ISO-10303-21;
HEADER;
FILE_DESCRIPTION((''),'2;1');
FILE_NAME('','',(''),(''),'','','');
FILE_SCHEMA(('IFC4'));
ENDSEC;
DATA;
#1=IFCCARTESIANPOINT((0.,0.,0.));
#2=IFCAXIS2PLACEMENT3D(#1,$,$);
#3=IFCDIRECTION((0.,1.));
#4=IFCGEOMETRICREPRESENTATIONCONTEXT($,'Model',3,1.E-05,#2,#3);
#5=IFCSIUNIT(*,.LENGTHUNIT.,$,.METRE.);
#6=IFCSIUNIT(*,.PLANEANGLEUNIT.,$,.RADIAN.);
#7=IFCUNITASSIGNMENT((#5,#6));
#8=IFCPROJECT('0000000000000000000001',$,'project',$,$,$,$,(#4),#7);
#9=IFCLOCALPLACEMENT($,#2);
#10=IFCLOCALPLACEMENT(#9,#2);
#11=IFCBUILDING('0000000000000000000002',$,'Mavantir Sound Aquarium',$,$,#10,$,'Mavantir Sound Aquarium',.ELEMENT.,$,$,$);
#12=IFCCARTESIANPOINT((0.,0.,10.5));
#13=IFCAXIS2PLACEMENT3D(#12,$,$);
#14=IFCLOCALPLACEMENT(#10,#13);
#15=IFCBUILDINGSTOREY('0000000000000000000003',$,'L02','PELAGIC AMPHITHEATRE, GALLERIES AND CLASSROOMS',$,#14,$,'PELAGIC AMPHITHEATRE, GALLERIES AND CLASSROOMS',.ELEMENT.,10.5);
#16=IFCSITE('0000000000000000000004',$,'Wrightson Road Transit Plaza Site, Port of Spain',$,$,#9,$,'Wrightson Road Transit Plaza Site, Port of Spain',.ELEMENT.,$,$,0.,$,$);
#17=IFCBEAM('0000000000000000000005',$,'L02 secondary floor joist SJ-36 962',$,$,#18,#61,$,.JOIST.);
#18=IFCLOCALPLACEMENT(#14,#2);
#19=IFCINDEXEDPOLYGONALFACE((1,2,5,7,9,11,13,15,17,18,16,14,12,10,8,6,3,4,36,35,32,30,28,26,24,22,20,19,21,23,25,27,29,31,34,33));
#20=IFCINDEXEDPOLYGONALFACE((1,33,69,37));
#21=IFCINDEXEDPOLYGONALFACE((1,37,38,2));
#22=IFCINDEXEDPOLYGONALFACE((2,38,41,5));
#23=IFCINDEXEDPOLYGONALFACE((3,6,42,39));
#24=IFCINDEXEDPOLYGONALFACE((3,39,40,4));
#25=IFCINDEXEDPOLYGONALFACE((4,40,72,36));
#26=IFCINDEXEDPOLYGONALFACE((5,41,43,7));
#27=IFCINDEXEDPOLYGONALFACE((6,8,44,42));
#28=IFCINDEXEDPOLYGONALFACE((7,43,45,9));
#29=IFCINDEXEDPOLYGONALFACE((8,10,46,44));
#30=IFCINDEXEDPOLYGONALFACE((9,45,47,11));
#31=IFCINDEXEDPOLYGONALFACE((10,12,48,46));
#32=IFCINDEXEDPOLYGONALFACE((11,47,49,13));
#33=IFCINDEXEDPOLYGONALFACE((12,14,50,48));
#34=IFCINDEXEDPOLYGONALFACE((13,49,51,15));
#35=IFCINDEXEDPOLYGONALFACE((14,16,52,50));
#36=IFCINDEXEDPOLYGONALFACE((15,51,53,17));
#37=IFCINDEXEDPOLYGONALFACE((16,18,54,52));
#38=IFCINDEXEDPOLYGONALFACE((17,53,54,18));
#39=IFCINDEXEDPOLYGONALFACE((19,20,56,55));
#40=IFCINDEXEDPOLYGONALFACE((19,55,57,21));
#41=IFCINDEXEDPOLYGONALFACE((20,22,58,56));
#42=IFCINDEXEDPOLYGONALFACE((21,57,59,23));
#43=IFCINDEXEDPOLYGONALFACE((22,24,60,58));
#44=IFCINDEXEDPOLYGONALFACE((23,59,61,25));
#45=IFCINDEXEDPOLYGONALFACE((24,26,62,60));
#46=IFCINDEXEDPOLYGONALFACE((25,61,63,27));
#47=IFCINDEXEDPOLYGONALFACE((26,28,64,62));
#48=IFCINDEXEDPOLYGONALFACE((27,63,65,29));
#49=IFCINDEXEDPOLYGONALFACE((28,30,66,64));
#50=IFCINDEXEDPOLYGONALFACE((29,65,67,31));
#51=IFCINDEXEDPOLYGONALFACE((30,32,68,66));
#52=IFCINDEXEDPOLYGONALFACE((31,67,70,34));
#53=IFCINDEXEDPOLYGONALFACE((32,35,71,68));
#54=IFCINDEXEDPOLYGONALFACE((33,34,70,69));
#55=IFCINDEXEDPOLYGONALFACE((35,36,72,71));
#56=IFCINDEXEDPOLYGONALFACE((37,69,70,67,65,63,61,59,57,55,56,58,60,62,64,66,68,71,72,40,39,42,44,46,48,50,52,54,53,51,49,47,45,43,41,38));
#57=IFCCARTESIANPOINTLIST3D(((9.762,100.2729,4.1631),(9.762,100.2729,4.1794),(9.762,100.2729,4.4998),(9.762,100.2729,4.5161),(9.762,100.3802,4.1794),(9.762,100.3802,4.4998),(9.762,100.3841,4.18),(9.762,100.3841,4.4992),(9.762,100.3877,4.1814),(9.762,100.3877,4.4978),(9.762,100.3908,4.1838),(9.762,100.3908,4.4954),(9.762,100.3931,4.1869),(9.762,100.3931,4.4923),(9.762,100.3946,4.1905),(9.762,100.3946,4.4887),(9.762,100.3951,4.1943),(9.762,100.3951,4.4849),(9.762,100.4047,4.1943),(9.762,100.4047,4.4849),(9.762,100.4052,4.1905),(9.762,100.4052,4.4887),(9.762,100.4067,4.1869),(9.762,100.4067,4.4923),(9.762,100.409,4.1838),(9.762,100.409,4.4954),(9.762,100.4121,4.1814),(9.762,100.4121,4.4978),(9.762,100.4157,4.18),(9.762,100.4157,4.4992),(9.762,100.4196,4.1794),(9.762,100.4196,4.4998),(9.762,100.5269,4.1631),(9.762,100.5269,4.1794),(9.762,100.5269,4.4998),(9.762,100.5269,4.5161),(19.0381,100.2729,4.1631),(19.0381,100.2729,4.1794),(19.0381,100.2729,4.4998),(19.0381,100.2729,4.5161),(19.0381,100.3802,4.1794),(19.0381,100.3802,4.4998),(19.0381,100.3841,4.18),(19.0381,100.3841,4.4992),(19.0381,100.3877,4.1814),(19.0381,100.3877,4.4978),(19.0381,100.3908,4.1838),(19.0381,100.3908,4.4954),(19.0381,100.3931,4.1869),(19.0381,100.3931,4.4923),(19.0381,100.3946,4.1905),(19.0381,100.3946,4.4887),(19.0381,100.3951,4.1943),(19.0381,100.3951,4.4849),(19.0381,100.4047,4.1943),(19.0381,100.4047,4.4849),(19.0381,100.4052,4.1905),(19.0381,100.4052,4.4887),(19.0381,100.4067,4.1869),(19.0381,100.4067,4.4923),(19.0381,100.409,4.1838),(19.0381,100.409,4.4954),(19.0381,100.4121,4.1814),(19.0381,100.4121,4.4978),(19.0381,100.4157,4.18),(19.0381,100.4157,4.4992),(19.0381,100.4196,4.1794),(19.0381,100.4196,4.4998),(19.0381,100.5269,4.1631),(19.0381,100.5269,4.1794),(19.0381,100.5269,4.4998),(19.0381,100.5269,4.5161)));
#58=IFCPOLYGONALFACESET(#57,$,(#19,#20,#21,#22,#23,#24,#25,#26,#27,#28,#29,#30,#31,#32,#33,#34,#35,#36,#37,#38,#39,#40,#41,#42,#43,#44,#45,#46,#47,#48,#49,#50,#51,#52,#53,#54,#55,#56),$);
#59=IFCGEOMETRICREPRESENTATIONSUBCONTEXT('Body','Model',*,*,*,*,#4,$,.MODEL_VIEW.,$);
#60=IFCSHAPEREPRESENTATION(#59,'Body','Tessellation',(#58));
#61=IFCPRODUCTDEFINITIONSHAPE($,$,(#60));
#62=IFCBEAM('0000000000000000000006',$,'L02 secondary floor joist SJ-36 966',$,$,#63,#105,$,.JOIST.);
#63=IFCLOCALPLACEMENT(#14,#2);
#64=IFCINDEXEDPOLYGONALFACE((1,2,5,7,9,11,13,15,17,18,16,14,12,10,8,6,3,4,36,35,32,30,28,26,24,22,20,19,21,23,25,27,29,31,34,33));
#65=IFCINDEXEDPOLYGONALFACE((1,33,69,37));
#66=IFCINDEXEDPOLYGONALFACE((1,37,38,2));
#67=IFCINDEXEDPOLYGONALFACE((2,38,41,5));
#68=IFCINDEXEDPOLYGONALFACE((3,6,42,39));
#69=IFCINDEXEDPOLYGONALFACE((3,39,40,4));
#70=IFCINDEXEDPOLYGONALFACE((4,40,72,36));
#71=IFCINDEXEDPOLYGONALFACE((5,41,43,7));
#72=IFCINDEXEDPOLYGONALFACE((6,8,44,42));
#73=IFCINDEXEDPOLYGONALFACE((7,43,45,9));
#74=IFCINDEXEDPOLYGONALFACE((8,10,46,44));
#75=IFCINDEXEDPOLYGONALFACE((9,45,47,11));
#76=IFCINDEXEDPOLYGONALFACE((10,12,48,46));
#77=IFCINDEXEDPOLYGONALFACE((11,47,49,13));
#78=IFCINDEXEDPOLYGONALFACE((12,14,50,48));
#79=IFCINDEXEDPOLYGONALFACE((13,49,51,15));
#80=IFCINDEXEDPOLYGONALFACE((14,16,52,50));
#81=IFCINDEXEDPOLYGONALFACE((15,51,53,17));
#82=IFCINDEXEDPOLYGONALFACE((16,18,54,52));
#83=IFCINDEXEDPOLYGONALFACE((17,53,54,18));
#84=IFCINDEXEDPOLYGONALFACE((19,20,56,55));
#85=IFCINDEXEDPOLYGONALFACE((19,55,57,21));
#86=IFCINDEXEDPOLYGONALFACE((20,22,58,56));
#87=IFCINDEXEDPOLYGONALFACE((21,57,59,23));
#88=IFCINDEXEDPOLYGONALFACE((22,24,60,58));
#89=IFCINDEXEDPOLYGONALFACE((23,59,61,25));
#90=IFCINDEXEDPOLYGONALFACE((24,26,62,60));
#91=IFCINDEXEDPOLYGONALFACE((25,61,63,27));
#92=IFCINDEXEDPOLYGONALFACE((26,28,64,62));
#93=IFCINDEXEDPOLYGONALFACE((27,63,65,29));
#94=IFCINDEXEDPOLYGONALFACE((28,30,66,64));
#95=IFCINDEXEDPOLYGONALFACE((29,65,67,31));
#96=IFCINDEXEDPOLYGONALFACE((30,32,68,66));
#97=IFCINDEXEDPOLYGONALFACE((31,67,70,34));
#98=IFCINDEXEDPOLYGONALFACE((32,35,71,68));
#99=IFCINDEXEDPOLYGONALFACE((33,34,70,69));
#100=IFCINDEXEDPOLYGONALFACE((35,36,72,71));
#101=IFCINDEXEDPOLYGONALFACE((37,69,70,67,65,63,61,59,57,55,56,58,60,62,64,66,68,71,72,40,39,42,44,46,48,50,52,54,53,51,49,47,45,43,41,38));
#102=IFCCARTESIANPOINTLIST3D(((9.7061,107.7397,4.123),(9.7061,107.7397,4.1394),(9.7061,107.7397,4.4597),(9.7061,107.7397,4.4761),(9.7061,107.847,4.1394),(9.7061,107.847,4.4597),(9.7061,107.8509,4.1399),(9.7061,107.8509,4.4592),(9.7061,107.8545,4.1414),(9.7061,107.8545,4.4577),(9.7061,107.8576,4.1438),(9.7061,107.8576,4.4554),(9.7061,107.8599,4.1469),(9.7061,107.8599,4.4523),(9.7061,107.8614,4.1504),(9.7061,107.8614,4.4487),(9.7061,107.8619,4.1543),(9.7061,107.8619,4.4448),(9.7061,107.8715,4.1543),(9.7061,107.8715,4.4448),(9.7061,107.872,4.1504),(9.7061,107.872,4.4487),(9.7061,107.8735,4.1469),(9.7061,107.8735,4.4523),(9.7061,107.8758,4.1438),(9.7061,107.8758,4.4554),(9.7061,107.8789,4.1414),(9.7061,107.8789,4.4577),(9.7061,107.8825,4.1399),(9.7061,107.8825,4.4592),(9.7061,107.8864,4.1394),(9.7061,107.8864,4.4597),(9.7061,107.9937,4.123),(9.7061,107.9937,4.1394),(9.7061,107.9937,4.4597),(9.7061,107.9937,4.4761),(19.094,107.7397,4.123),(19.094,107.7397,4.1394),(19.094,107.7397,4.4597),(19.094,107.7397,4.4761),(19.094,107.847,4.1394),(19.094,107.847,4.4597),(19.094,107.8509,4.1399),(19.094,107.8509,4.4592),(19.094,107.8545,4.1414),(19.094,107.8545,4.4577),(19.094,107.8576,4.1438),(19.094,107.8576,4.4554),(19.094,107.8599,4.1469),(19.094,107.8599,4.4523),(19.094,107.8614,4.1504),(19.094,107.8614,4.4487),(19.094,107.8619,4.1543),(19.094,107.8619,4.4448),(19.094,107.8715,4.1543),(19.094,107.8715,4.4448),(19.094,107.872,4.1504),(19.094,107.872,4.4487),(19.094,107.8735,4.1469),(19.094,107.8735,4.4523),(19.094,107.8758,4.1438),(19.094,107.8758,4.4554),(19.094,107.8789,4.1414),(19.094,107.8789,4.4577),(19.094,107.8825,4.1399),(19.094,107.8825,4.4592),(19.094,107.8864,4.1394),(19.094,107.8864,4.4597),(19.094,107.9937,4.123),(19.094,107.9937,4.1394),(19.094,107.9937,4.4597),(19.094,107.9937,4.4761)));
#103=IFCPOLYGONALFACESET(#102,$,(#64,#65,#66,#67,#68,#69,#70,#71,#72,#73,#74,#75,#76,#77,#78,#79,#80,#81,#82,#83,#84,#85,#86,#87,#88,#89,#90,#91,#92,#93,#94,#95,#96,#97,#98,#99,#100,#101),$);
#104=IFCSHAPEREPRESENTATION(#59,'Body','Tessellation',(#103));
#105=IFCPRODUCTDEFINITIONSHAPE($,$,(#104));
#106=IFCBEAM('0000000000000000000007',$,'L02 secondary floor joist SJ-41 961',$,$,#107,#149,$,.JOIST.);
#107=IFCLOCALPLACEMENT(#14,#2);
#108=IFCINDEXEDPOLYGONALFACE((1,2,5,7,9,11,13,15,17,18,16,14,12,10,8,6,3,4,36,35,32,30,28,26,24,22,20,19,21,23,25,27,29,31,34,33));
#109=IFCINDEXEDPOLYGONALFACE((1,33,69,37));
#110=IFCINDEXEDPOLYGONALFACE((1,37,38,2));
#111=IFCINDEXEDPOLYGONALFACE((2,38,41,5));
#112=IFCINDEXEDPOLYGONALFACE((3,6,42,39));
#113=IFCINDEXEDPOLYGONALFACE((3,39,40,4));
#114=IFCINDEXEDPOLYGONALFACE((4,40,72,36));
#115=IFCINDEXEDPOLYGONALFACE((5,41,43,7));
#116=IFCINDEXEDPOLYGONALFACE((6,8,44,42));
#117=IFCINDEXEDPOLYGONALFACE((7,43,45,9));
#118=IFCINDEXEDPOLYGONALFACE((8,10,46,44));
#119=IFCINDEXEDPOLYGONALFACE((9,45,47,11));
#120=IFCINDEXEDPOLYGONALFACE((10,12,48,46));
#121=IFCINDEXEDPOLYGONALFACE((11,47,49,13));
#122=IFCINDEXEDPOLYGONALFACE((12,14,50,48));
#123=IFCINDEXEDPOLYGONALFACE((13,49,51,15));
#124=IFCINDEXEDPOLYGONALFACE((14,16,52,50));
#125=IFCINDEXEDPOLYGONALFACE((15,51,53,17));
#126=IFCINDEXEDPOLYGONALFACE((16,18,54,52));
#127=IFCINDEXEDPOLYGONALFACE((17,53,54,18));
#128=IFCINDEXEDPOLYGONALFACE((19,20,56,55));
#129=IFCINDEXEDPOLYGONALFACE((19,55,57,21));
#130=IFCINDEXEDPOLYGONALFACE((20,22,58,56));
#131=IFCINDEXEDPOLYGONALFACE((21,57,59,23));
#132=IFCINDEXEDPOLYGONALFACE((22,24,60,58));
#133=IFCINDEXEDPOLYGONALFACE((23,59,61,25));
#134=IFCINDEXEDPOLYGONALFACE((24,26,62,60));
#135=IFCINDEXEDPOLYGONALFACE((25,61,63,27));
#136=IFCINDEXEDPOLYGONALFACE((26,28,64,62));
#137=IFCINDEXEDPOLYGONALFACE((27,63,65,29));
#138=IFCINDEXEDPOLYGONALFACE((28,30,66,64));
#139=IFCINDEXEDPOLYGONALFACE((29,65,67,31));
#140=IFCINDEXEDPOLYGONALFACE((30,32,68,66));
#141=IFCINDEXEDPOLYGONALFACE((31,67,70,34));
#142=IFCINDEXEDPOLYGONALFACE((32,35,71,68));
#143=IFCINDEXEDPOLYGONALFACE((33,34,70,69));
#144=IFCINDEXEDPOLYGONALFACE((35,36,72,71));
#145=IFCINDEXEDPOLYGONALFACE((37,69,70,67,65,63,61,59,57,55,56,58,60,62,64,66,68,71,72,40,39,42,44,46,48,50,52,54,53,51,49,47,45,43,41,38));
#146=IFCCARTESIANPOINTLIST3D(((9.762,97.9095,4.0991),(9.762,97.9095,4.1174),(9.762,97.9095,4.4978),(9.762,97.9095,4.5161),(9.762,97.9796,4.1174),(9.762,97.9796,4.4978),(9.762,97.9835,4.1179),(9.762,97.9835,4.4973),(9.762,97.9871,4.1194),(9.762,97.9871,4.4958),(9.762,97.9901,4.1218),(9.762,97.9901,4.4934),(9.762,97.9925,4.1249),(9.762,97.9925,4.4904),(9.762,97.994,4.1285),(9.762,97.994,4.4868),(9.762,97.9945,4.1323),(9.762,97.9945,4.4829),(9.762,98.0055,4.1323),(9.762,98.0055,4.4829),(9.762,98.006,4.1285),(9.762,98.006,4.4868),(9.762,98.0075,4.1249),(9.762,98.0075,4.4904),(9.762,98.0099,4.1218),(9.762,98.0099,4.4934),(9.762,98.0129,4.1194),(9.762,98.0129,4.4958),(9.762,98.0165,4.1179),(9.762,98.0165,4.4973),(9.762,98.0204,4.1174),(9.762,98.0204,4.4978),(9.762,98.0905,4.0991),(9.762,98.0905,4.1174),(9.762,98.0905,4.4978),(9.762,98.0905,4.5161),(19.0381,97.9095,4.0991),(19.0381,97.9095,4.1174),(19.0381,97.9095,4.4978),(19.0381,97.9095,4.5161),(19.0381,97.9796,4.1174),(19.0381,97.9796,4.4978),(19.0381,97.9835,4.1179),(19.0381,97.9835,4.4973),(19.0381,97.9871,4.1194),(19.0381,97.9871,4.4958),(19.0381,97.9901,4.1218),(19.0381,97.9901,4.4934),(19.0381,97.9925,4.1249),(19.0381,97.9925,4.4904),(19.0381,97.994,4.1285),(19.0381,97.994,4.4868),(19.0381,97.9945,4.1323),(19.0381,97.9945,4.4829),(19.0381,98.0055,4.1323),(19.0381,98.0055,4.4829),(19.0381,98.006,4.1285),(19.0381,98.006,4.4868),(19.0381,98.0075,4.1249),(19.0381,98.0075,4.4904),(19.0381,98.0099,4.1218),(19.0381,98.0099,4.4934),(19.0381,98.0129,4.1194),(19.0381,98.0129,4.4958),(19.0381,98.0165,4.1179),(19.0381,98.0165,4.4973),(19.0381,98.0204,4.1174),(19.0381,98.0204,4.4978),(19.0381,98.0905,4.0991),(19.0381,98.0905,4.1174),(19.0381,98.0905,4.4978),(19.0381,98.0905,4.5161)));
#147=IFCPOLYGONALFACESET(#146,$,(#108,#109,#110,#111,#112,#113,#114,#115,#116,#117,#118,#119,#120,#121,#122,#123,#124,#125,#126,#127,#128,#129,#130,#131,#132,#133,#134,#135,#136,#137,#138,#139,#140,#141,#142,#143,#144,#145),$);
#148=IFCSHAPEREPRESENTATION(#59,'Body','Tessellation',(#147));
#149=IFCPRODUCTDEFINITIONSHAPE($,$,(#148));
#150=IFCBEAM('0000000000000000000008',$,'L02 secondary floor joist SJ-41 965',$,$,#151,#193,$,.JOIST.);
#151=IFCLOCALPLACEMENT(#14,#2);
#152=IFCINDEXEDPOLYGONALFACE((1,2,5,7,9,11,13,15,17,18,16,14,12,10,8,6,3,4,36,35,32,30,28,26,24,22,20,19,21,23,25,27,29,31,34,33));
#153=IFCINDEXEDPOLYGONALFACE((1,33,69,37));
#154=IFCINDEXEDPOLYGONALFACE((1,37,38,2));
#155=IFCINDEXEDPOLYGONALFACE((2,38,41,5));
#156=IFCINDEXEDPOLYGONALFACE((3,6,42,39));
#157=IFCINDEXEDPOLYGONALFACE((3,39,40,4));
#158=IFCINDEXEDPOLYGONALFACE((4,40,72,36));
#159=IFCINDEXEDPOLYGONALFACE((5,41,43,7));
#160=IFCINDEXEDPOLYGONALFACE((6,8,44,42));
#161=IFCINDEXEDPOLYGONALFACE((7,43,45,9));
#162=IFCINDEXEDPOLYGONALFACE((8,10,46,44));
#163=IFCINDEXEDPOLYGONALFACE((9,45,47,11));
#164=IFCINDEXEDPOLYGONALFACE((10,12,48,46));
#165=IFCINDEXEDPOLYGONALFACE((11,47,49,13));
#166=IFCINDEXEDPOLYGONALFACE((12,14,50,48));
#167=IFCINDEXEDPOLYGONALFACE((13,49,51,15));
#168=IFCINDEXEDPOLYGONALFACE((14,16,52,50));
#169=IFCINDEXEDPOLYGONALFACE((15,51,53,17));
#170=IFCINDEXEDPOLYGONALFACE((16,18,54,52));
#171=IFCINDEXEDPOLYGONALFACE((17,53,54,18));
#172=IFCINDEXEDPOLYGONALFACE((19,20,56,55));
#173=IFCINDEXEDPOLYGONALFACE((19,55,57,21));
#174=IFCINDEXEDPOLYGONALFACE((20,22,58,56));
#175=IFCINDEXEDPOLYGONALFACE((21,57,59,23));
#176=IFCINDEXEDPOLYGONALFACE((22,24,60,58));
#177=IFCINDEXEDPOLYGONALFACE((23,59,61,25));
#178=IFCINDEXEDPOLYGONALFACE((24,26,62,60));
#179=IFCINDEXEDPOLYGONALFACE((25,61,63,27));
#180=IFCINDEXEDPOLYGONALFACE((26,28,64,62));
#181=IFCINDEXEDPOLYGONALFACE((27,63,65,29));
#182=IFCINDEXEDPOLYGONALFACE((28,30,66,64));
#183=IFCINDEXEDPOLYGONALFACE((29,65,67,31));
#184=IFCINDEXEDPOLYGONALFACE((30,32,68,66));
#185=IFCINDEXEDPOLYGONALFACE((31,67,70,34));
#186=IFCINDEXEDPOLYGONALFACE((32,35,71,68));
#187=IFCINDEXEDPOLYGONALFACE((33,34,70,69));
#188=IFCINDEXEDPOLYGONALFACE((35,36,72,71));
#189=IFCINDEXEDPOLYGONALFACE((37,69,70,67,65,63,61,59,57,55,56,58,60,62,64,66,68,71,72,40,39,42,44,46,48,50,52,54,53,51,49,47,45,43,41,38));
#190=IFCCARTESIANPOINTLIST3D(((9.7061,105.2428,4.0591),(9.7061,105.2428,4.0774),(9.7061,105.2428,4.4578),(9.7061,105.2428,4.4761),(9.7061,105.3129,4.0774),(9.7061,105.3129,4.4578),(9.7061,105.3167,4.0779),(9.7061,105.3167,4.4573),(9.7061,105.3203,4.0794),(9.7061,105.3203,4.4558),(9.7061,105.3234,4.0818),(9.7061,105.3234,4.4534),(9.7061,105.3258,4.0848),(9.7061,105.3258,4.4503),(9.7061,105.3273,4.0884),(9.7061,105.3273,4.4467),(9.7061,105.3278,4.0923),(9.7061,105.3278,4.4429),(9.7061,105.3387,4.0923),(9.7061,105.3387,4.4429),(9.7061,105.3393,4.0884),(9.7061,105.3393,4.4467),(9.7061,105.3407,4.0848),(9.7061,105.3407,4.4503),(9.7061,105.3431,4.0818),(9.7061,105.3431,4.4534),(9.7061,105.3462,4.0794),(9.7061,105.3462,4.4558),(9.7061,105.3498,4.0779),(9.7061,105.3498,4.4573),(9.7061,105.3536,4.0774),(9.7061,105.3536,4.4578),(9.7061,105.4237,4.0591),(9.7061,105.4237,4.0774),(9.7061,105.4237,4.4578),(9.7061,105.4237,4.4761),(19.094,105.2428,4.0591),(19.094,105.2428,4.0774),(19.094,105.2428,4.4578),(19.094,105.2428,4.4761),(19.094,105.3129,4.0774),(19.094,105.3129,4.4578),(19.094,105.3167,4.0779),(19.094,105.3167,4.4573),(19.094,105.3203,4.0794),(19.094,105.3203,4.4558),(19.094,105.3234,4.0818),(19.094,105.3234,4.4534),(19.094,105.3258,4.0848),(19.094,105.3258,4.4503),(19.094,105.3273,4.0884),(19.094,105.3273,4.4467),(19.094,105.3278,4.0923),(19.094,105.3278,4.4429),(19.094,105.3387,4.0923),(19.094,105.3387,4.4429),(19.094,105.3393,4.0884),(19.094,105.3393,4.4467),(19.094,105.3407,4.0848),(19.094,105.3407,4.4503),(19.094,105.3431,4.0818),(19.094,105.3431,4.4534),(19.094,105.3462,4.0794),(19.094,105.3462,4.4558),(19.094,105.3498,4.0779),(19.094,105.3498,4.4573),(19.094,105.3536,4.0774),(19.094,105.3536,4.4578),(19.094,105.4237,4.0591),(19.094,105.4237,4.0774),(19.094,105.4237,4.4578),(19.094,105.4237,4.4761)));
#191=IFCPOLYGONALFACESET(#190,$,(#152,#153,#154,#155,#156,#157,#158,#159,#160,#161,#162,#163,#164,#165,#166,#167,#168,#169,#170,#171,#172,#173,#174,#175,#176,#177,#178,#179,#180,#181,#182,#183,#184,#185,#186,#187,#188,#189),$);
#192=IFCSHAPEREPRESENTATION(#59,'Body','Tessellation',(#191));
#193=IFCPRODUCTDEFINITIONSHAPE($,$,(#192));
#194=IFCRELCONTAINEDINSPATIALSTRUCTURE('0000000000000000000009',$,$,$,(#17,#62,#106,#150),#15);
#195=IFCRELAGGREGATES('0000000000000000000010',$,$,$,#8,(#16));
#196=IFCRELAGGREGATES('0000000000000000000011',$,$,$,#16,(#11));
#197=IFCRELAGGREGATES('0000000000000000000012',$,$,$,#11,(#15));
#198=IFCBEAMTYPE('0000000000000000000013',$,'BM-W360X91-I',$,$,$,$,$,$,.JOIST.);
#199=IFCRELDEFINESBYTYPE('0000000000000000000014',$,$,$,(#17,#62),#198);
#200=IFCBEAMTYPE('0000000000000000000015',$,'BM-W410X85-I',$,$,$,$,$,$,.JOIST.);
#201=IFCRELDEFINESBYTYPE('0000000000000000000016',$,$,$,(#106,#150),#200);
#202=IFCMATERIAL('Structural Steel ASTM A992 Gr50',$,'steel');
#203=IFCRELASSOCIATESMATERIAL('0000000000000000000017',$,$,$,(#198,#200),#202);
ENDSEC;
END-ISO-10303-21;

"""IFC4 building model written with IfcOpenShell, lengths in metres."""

from ifc_helpers import new_model, si_unit, direction, frame, origin, origin_2d, place, context, subcontext, project, spatial, i_section, extrude, material, material_profile, profile_set, type_object, element, save


model = new_model("IFC4")

# Units and contexts
model_context = context("Model", 3, precision=1e-05, world=origin(), true_north=direction((0.0, 1.0)))
body_context = subcontext(model_context, "Body", "Model", "MODEL_VIEW")
ifc_project = project(units=[si_unit("LENGTHUNIT", "METRE"), si_unit("PLANEANGLEUNIT", "RADIAN")], contexts=[model_context])

# Site, building, storey
site_placement = place(None, origin())
site = spatial("IfcSite", under=ifc_project, at=site_placement, Name="Wrightson Road Transit Plaza Site, Port of Spain", LongName="Wrightson Road Transit Plaza Site, Port of Spain", CompositionType="ELEMENT", RefElevation=0.0)
building_placement = place(site_placement, origin())
building = spatial("IfcBuilding", under=site, at=building_placement, Name="Mavantir Sound Aquarium", LongName="Mavantir Sound Aquarium", CompositionType="ELEMENT")
storey_placement = place(building_placement, frame((0.0, 0.0, 10.5)))
storey = spatial("IfcBuildingStorey", under=building, at=storey_placement, Name="L02", Description="PELAGIC AMPHITHEATRE, GALLERIES AND CLASSROOMS", LongName="PELAGIC AMPHITHEATRE, GALLERIES AND CLASSROOMS", CompositionType="ELEMENT", Elevation=10.5)

# Beams
ifc_material_1 = material(Name="Structural Steel ASTM A992 Gr50", Category="steel")
ifc_material_profile_1 = material_profile(ifc_material_1, i_section(OverallWidth=0.2539, OverallDepth=0.353, WebThickness=0.0095, FlangeThickness=0.0164, FilletRadius=0.0149, at=origin_2d()), Name="W360X91")
ifc_profile_set_1 = profile_set([ifc_material_profile_1], Name="Structural Steel ASTM A992 Gr50")
beam_type_1 = type_object("IfcBeamType", Name="BM-W360X91-I", PredefinedType="JOIST", material=ifc_profile_set_1)
beam_1_placement = place(storey_placement, frame((9.762, 100.3999, 4.3396), z_axis=(1.0, 0.0, 0.0), x_axis=(0.0, 1.0, 0.0)))
element("IfcBeam", 1, at=beam_1_placement, inside=storey, type_object=beam_type_1, Name="L02 secondary floor joist SJ-36 962", PredefinedType="JOIST", context=body_context, shape_type="SweptSolid", body=[
    extrude(i_section(OverallWidth=0.2539, OverallDepth=0.353, WebThickness=0.0095, FlangeThickness=0.0164, FilletRadius=0.0149, at=origin_2d()), origin(), (0.0, 0.0, 1.0), 9.2761),
])
beam_2_placement = place(storey_placement, frame((9.7061, 107.8667, 4.2996), z_axis=(1.0, 0.0, 0.0), x_axis=(0.0, 1.0, 0.0)))
element("IfcBeam", 2, at=beam_2_placement, inside=storey, type_object=beam_type_1, Name="L02 secondary floor joist SJ-36 966", PredefinedType="JOIST", context=body_context, shape_type="SweptSolid", body=[
    extrude(i_section(OverallWidth=0.2539, OverallDepth=0.353, WebThickness=0.0095, FlangeThickness=0.0164, FilletRadius=0.0149, at=origin_2d()), origin(), (0.0, 0.0, 1.0), 9.3879),
])
ifc_material_profile_2 = material_profile(ifc_material_1, i_section(OverallWidth=0.1809, OverallDepth=0.417, WebThickness=0.011, FlangeThickness=0.0183, FilletRadius=0.0149, at=origin_2d()), Name="W410X85")
ifc_profile_set_2 = profile_set([ifc_material_profile_2], Name="Structural Steel ASTM A992 Gr50")
beam_type_2 = type_object("IfcBeamType", Name="BM-W410X85-I", PredefinedType="JOIST", material=ifc_profile_set_2)
beam_3_placement = place(storey_placement, frame((9.762, 98.0, 4.3076), z_axis=(1.0, 0.0, 0.0), x_axis=(0.0, 1.0, 0.0)))
element("IfcBeam", 3, at=beam_3_placement, inside=storey, type_object=beam_type_2, Name="L02 secondary floor joist SJ-41 961", PredefinedType="JOIST", context=body_context, shape_type="SweptSolid", body=[
    extrude(i_section(OverallWidth=0.1809, OverallDepth=0.417, WebThickness=0.011, FlangeThickness=0.0183, FilletRadius=0.0149, at=origin_2d()), origin(), (0.0, 0.0, 1.0), 9.2761),
])
beam_4_placement = place(storey_placement, frame((9.7061, 105.3333, 4.2676), z_axis=(1.0, 0.0, 0.0), x_axis=(0.0, 1.0, 0.0)))
element("IfcBeam", 4, at=beam_4_placement, inside=storey, type_object=beam_type_2, Name="L02 secondary floor joist SJ-41 965", PredefinedType="JOIST", context=body_context, shape_type="SweptSolid", body=[
    extrude(i_section(OverallWidth=0.1809, OverallDepth=0.417, WebThickness=0.011, FlangeThickness=0.0183, FilletRadius=0.0149, at=origin_2d()), origin(), (0.0, 0.0, 1.0), 9.3879),
])

save(model, "model.ifc")
